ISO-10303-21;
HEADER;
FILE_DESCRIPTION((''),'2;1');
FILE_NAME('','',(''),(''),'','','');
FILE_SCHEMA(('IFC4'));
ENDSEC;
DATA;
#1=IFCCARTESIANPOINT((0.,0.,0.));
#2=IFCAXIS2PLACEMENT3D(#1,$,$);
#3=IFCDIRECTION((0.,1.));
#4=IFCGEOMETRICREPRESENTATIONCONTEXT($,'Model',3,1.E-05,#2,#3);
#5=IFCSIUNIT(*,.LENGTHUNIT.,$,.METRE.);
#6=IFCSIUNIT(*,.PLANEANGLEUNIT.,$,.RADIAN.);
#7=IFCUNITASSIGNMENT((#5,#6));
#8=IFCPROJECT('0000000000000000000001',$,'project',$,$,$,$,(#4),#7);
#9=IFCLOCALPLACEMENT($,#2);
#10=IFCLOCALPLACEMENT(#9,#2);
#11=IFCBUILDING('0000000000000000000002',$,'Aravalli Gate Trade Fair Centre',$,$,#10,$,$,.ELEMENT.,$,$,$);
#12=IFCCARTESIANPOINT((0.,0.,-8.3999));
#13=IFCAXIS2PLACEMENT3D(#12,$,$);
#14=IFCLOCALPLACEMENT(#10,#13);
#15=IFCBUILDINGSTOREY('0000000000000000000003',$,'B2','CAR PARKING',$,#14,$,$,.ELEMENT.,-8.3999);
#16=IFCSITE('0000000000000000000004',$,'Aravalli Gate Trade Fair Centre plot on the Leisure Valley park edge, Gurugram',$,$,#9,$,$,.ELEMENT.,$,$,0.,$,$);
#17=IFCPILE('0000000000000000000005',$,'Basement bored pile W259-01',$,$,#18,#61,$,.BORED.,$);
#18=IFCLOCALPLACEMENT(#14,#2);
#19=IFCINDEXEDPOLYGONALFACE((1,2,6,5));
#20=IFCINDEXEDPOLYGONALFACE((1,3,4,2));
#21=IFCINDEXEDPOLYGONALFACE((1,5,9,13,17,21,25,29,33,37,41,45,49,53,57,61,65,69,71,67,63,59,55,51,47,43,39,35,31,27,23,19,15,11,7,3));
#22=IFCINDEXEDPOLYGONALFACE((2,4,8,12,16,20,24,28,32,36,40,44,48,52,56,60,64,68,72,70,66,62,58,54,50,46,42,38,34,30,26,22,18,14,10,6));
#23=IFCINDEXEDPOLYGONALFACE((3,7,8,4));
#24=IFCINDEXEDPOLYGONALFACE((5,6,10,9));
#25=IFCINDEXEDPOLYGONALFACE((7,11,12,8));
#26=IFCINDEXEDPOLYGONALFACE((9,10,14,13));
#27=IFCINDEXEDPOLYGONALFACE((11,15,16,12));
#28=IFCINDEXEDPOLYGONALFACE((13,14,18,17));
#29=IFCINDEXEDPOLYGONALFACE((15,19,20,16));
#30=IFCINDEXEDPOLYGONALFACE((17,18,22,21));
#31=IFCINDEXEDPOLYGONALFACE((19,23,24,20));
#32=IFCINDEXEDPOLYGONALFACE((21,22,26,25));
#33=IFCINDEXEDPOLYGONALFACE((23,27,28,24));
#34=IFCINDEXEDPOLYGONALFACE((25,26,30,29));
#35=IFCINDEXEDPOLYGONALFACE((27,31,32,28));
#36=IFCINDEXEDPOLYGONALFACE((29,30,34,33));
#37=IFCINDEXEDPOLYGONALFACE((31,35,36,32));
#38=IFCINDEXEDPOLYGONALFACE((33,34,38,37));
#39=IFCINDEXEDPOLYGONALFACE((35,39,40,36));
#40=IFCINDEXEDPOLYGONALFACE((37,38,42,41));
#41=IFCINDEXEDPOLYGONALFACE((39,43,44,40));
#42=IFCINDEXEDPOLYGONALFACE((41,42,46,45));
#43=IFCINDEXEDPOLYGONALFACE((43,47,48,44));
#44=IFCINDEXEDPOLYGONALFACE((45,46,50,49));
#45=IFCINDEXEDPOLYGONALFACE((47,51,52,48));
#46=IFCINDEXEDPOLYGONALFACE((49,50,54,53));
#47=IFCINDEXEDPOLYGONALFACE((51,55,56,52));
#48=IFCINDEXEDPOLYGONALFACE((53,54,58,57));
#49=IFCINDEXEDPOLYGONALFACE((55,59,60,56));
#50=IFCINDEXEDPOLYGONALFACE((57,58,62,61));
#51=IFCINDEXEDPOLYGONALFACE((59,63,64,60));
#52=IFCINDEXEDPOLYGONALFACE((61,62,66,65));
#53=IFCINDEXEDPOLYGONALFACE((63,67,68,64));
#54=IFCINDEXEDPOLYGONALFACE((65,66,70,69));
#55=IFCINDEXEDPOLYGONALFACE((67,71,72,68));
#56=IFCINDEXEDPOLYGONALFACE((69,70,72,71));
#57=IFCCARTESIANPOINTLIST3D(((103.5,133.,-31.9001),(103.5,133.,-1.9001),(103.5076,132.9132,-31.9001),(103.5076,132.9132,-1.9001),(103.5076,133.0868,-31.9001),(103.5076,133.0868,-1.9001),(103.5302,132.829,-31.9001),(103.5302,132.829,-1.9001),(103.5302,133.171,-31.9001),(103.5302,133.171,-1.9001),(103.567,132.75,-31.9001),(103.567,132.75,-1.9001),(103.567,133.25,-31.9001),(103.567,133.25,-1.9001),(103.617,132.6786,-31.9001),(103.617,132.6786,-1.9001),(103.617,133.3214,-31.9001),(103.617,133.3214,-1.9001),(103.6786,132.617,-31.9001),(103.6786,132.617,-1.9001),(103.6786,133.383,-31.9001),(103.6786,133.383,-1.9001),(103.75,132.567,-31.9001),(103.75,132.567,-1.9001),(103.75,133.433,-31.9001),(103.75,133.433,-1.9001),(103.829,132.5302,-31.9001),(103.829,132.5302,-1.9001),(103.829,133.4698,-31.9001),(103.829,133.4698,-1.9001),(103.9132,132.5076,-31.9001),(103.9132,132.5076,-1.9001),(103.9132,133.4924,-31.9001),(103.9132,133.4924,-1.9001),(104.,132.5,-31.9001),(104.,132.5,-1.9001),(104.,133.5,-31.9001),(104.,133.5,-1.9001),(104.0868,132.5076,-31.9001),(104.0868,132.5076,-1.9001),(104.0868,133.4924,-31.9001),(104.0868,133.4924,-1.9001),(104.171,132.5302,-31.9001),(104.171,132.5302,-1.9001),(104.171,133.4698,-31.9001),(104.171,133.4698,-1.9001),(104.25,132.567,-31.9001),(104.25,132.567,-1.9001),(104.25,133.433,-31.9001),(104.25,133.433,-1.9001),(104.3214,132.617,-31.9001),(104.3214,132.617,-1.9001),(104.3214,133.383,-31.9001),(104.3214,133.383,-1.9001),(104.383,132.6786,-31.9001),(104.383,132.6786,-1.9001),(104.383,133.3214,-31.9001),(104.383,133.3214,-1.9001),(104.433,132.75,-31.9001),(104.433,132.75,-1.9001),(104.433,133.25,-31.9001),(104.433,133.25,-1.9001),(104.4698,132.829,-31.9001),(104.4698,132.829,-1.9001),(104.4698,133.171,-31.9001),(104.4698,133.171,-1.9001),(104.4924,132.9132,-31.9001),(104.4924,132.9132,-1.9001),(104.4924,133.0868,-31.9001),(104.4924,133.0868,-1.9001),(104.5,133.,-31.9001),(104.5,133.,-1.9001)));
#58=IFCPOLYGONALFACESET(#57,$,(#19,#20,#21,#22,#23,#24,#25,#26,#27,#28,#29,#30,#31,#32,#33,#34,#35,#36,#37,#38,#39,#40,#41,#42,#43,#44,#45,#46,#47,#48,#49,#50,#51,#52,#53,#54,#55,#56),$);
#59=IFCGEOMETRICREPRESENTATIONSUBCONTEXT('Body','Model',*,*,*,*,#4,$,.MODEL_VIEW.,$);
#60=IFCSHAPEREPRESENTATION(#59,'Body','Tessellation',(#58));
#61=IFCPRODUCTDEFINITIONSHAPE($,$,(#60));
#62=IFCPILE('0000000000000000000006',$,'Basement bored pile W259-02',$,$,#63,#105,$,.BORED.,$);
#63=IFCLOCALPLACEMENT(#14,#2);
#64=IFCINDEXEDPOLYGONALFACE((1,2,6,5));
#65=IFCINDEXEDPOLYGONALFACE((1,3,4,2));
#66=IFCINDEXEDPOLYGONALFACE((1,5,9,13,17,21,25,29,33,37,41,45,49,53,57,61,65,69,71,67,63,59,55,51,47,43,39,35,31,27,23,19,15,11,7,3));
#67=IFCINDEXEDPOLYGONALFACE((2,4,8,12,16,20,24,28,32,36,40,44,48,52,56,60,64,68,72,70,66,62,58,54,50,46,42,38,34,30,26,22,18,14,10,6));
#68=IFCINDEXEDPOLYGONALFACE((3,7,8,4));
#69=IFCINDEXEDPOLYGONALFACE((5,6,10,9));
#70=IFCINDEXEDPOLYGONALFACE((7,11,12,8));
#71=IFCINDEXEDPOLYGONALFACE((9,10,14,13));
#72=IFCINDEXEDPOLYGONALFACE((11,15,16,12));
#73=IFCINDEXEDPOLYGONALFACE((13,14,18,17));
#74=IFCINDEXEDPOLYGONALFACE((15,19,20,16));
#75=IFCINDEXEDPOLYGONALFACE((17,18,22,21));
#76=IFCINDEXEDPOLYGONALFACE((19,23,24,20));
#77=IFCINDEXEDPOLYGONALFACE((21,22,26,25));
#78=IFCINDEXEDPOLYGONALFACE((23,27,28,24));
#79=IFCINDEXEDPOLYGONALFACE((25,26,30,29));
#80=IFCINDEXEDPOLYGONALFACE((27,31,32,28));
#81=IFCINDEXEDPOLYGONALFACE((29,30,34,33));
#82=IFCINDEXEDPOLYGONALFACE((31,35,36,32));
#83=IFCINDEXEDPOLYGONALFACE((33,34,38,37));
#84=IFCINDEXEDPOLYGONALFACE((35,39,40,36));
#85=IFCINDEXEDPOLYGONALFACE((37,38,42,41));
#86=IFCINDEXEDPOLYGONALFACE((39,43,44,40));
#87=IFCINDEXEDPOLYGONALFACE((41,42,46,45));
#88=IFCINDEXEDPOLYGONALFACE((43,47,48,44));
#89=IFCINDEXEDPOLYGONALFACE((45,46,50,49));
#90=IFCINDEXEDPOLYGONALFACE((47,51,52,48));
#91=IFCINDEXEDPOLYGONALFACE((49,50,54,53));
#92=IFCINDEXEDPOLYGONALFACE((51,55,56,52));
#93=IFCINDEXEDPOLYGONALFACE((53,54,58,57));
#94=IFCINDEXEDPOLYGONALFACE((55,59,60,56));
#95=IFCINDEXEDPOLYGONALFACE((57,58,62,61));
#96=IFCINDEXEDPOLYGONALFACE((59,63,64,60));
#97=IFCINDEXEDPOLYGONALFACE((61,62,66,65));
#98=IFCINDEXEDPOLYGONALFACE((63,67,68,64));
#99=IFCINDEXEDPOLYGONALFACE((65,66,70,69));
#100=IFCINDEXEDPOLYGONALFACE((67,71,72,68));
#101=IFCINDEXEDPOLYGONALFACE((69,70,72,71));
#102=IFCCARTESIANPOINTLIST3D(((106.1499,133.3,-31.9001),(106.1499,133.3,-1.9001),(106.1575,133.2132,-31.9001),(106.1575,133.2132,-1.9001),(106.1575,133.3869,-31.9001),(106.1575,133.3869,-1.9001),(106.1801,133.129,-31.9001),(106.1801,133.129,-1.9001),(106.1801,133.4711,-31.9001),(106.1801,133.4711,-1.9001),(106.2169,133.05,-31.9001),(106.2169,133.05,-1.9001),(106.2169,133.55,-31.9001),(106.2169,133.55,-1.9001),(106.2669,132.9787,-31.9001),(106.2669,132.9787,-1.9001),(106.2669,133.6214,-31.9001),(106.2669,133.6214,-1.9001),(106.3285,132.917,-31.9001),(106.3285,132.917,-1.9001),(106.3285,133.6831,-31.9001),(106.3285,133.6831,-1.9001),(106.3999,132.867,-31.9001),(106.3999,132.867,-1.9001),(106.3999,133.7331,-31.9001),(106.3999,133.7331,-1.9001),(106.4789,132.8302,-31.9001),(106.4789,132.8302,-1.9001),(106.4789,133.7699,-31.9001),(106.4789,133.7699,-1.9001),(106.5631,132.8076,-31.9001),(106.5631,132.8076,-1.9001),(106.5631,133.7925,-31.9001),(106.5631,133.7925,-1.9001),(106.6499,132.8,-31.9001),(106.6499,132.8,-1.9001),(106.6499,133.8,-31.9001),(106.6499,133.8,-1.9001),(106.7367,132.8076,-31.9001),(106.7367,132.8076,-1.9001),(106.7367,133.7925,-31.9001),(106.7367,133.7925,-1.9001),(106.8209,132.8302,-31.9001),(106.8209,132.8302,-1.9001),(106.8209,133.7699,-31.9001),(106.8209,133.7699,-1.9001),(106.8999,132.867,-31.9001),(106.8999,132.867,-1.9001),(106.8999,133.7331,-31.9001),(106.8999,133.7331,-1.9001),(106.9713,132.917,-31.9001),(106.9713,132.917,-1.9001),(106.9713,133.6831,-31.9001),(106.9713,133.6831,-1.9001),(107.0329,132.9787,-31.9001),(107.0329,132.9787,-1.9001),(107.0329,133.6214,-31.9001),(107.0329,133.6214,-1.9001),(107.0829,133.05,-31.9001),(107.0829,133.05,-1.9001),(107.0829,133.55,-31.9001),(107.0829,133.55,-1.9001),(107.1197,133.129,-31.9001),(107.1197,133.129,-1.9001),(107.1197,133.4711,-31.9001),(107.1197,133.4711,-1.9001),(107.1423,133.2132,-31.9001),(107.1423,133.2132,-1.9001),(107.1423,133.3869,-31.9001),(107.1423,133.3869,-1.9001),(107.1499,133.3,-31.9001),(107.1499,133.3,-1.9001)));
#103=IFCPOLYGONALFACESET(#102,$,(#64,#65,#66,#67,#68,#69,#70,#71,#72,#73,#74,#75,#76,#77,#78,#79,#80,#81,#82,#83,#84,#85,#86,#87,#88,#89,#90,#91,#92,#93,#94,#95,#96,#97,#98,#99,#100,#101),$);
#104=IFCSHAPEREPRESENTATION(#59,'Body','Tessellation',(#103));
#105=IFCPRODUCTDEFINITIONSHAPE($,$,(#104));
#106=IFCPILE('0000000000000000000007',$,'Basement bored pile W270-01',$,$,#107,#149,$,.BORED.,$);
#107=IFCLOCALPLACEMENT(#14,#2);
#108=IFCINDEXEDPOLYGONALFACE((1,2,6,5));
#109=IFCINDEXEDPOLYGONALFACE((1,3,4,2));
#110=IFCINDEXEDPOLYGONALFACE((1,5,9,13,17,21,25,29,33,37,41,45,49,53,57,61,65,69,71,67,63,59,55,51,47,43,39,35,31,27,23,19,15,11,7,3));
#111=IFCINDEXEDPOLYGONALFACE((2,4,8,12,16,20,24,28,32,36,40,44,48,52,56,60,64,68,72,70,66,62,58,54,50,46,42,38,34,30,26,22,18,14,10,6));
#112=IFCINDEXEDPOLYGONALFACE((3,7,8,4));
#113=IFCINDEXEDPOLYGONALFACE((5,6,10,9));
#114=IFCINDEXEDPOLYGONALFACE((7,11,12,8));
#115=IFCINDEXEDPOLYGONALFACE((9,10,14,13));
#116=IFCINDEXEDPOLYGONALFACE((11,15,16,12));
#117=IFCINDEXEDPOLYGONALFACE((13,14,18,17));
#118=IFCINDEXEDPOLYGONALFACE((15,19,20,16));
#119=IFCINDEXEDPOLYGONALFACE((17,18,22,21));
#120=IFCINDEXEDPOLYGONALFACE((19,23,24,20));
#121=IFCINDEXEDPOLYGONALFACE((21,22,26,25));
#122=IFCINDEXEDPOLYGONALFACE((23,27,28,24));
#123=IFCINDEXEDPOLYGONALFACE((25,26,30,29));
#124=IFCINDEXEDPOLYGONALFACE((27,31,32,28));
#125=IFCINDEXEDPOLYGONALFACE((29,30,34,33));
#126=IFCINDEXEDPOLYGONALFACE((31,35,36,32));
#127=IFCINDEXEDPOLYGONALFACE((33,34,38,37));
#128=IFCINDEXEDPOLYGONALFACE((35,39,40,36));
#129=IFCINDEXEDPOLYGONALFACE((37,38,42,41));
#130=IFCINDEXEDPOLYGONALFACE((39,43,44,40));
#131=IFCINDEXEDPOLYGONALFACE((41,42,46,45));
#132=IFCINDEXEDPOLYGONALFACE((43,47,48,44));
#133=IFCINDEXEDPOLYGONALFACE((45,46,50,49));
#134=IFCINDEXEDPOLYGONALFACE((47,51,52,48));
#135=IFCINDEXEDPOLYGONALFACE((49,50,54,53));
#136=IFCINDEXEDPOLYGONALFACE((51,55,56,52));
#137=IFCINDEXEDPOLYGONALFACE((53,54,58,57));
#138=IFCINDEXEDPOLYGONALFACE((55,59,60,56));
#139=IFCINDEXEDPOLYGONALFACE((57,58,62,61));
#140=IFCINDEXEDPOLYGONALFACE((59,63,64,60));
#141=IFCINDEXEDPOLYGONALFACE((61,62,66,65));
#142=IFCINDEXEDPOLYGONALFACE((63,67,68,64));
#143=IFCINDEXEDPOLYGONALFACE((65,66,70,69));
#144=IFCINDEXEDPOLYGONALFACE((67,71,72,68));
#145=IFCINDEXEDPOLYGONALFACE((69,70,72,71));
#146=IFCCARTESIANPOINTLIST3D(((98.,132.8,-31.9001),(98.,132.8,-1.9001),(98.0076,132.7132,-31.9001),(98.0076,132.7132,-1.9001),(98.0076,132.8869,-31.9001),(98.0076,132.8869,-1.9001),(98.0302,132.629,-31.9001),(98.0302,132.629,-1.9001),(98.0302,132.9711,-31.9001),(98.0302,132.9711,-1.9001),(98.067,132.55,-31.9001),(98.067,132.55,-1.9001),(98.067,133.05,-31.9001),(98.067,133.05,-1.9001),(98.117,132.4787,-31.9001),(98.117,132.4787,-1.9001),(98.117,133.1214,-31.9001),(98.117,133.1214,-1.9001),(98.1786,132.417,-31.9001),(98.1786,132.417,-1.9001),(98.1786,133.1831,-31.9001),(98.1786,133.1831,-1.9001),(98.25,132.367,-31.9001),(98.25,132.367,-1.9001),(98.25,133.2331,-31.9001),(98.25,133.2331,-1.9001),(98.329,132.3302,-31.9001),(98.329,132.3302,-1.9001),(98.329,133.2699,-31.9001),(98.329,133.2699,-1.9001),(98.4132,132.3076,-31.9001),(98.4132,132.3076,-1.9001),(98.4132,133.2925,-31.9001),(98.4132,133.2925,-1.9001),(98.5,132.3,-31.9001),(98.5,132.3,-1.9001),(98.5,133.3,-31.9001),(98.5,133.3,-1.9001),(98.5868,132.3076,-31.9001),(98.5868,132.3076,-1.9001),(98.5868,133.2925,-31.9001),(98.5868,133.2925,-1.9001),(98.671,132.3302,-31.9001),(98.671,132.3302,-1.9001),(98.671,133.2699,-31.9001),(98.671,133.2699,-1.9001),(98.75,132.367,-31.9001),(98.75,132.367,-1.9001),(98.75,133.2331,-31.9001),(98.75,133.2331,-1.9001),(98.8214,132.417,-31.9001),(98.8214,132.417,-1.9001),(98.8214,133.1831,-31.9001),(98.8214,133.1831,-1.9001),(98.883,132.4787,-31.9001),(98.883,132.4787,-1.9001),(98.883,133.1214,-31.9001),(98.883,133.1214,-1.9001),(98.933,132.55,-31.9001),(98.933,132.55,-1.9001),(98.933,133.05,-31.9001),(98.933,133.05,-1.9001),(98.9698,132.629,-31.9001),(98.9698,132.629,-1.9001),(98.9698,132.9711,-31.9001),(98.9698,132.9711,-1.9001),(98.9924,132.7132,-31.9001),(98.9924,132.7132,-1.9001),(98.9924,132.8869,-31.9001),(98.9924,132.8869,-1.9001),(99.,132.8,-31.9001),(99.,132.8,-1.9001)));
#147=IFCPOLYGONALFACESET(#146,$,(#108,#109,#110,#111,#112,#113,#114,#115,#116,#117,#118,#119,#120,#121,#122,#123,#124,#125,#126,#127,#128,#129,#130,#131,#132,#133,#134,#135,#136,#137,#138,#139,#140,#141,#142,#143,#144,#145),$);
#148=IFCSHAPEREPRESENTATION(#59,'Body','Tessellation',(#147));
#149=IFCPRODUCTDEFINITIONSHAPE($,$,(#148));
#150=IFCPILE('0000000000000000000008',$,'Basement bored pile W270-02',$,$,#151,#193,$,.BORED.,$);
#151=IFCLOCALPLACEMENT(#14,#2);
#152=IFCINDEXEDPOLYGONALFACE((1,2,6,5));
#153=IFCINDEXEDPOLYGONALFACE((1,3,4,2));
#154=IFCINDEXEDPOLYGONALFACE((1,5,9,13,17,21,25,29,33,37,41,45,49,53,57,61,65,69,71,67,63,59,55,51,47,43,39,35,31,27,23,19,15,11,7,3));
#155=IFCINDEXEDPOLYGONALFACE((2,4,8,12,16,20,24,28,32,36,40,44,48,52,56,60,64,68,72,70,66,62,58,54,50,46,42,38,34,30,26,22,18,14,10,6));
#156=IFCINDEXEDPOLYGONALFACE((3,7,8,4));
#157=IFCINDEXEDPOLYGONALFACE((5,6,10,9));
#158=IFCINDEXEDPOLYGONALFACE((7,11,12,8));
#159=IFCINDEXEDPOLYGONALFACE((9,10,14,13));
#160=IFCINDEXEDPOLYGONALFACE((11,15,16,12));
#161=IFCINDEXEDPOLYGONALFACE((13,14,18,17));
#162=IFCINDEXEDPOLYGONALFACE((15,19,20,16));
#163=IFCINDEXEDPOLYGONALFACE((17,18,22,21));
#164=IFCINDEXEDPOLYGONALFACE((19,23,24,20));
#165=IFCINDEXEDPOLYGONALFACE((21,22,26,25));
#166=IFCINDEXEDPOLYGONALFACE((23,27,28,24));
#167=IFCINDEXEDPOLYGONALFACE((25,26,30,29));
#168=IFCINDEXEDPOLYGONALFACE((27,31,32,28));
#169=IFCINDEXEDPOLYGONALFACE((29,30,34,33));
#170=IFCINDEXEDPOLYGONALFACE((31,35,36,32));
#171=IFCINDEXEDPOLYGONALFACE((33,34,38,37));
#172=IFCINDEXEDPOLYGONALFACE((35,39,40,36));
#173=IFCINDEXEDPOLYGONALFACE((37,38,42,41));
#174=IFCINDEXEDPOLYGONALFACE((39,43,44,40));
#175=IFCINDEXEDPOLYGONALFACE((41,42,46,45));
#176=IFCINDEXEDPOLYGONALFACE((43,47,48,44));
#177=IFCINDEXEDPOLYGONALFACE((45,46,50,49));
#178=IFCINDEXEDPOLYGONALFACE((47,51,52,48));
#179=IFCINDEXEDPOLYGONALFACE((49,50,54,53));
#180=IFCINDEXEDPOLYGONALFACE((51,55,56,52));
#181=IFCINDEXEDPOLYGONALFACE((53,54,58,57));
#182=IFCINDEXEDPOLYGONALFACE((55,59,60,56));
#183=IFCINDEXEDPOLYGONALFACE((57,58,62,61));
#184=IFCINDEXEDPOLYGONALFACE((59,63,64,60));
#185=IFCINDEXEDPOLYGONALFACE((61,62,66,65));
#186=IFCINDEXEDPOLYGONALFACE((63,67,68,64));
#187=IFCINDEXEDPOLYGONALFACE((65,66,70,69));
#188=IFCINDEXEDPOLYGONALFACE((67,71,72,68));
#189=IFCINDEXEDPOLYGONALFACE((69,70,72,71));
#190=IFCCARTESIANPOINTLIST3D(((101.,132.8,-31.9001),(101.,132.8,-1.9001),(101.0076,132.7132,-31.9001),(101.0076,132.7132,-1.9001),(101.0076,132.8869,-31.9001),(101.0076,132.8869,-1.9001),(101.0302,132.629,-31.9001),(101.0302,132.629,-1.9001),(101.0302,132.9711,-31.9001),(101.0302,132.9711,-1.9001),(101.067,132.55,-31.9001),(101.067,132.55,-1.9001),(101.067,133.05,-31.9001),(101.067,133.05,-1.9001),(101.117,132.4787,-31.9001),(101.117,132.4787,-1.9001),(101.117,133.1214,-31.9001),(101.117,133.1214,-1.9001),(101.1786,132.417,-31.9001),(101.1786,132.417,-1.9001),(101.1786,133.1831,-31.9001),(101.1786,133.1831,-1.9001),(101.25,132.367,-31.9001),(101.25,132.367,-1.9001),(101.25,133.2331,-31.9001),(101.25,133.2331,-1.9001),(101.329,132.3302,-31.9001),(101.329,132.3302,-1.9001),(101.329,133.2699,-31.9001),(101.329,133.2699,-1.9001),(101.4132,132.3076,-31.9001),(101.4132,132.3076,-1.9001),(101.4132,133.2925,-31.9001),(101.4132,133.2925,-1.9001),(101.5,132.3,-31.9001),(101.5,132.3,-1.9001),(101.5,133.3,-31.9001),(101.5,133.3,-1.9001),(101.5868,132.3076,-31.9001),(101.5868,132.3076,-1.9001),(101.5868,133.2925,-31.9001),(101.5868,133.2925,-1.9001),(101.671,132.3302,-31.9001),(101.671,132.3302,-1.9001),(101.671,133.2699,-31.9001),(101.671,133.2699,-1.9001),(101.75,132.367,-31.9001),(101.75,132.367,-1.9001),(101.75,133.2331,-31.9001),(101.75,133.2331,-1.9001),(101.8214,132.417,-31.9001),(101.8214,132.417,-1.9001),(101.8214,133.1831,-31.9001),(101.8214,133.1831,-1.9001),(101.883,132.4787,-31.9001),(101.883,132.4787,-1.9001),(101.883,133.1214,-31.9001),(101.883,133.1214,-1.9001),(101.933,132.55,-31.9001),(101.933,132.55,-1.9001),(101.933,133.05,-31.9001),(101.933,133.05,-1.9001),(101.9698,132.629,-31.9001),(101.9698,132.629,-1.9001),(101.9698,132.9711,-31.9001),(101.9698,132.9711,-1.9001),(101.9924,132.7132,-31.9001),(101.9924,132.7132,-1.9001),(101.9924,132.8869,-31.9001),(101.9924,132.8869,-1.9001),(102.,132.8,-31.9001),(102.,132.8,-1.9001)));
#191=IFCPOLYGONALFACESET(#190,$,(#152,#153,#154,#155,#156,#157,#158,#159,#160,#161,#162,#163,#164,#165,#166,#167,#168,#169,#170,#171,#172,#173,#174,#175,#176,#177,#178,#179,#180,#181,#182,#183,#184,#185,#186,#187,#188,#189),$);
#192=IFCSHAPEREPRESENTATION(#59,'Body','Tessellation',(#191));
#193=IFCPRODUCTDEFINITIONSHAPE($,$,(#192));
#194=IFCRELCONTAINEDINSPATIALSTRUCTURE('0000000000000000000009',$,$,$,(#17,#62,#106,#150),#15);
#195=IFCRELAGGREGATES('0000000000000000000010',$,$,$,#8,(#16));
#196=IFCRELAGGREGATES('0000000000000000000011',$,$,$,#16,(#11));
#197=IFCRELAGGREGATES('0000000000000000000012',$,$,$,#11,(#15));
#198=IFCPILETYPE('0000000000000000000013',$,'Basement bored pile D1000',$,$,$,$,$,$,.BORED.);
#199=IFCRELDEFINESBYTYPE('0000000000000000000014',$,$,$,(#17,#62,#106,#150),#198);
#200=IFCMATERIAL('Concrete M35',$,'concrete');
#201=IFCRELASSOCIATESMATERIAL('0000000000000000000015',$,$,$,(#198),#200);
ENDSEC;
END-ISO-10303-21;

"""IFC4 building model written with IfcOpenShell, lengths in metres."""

from ifc_helpers import new_model, si_unit, direction, frame, origin, origin_2d, place, context, subcontext, project, spatial, circle, extrude, material, material_profile, profile_set, type_object, element, save


model = new_model("IFC4")

# Units and contexts
model_context = context("Model", 3, precision=1e-05, world=origin(), true_north=direction((0.0, 1.0)))
body_context = subcontext(model_context, "Body", "Model", "MODEL_VIEW")
ifc_project = project(units=[si_unit("LENGTHUNIT", "METRE"), si_unit("PLANEANGLEUNIT", "RADIAN")], contexts=[model_context])

# Site, building, storey
site_placement = place(None, origin())
site = spatial("IfcSite", under=ifc_project, at=site_placement, Name="Aravalli Gate Trade Fair Centre plot on the Leisure Valley park edge, Gurugram", CompositionType="ELEMENT", RefElevation=0.0)
building_placement = place(site_placement, origin())
building = spatial("IfcBuilding", under=site, at=building_placement, Name="Aravalli Gate Trade Fair Centre", CompositionType="ELEMENT")
storey_placement = place(building_placement, frame((0.0, 0.0, -8.3999)))
storey = spatial("IfcBuildingStorey", under=building, at=storey_placement, Name="B2", Description="CAR PARKING", CompositionType="ELEMENT", Elevation=-8.3999)

# Piles
ifc_material_1 = material(Name="Concrete M35", Category="concrete")
ifc_material_profile_1 = material_profile(ifc_material_1, circle(Radius=0.5, at=origin_2d()), Name="D1000")
ifc_profile_set_1 = profile_set([ifc_material_profile_1], Name="Concrete M35")
pile_type = type_object("IfcPileType", Name="Basement bored pile D1000", PredefinedType="BORED", material=ifc_profile_set_1)
for number, where, z_axis, x_axis, name in (
    (1, (104.0, 133.0, -1.9001), (0.0, 0.0, -1.0), (1.0, 0.0, 0.0), "Basement bored pile W259-01"),
    (2, (106.6499, 133.3, -1.9001), (0.0, 0.0, -1.0), (1.0, 0.0, 0.0), "Basement bored pile W259-02"),
    (3, (98.5, 132.8, -1.9001), (0.0, 0.0, -1.0), (1.0, 0.0, 0.0), "Basement bored pile W270-01"),
    (4, (101.5, 132.8, -1.9001), (0.0, 0.0, -1.0), (1.0, 0.0, 0.0), "Basement bored pile W270-02"),
):
    element("IfcPile", number, at=place(storey_placement, frame(where, z_axis=z_axis, x_axis=x_axis)), inside=storey, type_object=pile_type, Name=name, PredefinedType="BORED", context=body_context, shape_type="SweptSolid", body=[
        extrude(circle(Radius=0.5, at=origin_2d()), origin(), (0.0, 0.0, 1.0), 30.0),
    ])

save(model, "model.ifc")
